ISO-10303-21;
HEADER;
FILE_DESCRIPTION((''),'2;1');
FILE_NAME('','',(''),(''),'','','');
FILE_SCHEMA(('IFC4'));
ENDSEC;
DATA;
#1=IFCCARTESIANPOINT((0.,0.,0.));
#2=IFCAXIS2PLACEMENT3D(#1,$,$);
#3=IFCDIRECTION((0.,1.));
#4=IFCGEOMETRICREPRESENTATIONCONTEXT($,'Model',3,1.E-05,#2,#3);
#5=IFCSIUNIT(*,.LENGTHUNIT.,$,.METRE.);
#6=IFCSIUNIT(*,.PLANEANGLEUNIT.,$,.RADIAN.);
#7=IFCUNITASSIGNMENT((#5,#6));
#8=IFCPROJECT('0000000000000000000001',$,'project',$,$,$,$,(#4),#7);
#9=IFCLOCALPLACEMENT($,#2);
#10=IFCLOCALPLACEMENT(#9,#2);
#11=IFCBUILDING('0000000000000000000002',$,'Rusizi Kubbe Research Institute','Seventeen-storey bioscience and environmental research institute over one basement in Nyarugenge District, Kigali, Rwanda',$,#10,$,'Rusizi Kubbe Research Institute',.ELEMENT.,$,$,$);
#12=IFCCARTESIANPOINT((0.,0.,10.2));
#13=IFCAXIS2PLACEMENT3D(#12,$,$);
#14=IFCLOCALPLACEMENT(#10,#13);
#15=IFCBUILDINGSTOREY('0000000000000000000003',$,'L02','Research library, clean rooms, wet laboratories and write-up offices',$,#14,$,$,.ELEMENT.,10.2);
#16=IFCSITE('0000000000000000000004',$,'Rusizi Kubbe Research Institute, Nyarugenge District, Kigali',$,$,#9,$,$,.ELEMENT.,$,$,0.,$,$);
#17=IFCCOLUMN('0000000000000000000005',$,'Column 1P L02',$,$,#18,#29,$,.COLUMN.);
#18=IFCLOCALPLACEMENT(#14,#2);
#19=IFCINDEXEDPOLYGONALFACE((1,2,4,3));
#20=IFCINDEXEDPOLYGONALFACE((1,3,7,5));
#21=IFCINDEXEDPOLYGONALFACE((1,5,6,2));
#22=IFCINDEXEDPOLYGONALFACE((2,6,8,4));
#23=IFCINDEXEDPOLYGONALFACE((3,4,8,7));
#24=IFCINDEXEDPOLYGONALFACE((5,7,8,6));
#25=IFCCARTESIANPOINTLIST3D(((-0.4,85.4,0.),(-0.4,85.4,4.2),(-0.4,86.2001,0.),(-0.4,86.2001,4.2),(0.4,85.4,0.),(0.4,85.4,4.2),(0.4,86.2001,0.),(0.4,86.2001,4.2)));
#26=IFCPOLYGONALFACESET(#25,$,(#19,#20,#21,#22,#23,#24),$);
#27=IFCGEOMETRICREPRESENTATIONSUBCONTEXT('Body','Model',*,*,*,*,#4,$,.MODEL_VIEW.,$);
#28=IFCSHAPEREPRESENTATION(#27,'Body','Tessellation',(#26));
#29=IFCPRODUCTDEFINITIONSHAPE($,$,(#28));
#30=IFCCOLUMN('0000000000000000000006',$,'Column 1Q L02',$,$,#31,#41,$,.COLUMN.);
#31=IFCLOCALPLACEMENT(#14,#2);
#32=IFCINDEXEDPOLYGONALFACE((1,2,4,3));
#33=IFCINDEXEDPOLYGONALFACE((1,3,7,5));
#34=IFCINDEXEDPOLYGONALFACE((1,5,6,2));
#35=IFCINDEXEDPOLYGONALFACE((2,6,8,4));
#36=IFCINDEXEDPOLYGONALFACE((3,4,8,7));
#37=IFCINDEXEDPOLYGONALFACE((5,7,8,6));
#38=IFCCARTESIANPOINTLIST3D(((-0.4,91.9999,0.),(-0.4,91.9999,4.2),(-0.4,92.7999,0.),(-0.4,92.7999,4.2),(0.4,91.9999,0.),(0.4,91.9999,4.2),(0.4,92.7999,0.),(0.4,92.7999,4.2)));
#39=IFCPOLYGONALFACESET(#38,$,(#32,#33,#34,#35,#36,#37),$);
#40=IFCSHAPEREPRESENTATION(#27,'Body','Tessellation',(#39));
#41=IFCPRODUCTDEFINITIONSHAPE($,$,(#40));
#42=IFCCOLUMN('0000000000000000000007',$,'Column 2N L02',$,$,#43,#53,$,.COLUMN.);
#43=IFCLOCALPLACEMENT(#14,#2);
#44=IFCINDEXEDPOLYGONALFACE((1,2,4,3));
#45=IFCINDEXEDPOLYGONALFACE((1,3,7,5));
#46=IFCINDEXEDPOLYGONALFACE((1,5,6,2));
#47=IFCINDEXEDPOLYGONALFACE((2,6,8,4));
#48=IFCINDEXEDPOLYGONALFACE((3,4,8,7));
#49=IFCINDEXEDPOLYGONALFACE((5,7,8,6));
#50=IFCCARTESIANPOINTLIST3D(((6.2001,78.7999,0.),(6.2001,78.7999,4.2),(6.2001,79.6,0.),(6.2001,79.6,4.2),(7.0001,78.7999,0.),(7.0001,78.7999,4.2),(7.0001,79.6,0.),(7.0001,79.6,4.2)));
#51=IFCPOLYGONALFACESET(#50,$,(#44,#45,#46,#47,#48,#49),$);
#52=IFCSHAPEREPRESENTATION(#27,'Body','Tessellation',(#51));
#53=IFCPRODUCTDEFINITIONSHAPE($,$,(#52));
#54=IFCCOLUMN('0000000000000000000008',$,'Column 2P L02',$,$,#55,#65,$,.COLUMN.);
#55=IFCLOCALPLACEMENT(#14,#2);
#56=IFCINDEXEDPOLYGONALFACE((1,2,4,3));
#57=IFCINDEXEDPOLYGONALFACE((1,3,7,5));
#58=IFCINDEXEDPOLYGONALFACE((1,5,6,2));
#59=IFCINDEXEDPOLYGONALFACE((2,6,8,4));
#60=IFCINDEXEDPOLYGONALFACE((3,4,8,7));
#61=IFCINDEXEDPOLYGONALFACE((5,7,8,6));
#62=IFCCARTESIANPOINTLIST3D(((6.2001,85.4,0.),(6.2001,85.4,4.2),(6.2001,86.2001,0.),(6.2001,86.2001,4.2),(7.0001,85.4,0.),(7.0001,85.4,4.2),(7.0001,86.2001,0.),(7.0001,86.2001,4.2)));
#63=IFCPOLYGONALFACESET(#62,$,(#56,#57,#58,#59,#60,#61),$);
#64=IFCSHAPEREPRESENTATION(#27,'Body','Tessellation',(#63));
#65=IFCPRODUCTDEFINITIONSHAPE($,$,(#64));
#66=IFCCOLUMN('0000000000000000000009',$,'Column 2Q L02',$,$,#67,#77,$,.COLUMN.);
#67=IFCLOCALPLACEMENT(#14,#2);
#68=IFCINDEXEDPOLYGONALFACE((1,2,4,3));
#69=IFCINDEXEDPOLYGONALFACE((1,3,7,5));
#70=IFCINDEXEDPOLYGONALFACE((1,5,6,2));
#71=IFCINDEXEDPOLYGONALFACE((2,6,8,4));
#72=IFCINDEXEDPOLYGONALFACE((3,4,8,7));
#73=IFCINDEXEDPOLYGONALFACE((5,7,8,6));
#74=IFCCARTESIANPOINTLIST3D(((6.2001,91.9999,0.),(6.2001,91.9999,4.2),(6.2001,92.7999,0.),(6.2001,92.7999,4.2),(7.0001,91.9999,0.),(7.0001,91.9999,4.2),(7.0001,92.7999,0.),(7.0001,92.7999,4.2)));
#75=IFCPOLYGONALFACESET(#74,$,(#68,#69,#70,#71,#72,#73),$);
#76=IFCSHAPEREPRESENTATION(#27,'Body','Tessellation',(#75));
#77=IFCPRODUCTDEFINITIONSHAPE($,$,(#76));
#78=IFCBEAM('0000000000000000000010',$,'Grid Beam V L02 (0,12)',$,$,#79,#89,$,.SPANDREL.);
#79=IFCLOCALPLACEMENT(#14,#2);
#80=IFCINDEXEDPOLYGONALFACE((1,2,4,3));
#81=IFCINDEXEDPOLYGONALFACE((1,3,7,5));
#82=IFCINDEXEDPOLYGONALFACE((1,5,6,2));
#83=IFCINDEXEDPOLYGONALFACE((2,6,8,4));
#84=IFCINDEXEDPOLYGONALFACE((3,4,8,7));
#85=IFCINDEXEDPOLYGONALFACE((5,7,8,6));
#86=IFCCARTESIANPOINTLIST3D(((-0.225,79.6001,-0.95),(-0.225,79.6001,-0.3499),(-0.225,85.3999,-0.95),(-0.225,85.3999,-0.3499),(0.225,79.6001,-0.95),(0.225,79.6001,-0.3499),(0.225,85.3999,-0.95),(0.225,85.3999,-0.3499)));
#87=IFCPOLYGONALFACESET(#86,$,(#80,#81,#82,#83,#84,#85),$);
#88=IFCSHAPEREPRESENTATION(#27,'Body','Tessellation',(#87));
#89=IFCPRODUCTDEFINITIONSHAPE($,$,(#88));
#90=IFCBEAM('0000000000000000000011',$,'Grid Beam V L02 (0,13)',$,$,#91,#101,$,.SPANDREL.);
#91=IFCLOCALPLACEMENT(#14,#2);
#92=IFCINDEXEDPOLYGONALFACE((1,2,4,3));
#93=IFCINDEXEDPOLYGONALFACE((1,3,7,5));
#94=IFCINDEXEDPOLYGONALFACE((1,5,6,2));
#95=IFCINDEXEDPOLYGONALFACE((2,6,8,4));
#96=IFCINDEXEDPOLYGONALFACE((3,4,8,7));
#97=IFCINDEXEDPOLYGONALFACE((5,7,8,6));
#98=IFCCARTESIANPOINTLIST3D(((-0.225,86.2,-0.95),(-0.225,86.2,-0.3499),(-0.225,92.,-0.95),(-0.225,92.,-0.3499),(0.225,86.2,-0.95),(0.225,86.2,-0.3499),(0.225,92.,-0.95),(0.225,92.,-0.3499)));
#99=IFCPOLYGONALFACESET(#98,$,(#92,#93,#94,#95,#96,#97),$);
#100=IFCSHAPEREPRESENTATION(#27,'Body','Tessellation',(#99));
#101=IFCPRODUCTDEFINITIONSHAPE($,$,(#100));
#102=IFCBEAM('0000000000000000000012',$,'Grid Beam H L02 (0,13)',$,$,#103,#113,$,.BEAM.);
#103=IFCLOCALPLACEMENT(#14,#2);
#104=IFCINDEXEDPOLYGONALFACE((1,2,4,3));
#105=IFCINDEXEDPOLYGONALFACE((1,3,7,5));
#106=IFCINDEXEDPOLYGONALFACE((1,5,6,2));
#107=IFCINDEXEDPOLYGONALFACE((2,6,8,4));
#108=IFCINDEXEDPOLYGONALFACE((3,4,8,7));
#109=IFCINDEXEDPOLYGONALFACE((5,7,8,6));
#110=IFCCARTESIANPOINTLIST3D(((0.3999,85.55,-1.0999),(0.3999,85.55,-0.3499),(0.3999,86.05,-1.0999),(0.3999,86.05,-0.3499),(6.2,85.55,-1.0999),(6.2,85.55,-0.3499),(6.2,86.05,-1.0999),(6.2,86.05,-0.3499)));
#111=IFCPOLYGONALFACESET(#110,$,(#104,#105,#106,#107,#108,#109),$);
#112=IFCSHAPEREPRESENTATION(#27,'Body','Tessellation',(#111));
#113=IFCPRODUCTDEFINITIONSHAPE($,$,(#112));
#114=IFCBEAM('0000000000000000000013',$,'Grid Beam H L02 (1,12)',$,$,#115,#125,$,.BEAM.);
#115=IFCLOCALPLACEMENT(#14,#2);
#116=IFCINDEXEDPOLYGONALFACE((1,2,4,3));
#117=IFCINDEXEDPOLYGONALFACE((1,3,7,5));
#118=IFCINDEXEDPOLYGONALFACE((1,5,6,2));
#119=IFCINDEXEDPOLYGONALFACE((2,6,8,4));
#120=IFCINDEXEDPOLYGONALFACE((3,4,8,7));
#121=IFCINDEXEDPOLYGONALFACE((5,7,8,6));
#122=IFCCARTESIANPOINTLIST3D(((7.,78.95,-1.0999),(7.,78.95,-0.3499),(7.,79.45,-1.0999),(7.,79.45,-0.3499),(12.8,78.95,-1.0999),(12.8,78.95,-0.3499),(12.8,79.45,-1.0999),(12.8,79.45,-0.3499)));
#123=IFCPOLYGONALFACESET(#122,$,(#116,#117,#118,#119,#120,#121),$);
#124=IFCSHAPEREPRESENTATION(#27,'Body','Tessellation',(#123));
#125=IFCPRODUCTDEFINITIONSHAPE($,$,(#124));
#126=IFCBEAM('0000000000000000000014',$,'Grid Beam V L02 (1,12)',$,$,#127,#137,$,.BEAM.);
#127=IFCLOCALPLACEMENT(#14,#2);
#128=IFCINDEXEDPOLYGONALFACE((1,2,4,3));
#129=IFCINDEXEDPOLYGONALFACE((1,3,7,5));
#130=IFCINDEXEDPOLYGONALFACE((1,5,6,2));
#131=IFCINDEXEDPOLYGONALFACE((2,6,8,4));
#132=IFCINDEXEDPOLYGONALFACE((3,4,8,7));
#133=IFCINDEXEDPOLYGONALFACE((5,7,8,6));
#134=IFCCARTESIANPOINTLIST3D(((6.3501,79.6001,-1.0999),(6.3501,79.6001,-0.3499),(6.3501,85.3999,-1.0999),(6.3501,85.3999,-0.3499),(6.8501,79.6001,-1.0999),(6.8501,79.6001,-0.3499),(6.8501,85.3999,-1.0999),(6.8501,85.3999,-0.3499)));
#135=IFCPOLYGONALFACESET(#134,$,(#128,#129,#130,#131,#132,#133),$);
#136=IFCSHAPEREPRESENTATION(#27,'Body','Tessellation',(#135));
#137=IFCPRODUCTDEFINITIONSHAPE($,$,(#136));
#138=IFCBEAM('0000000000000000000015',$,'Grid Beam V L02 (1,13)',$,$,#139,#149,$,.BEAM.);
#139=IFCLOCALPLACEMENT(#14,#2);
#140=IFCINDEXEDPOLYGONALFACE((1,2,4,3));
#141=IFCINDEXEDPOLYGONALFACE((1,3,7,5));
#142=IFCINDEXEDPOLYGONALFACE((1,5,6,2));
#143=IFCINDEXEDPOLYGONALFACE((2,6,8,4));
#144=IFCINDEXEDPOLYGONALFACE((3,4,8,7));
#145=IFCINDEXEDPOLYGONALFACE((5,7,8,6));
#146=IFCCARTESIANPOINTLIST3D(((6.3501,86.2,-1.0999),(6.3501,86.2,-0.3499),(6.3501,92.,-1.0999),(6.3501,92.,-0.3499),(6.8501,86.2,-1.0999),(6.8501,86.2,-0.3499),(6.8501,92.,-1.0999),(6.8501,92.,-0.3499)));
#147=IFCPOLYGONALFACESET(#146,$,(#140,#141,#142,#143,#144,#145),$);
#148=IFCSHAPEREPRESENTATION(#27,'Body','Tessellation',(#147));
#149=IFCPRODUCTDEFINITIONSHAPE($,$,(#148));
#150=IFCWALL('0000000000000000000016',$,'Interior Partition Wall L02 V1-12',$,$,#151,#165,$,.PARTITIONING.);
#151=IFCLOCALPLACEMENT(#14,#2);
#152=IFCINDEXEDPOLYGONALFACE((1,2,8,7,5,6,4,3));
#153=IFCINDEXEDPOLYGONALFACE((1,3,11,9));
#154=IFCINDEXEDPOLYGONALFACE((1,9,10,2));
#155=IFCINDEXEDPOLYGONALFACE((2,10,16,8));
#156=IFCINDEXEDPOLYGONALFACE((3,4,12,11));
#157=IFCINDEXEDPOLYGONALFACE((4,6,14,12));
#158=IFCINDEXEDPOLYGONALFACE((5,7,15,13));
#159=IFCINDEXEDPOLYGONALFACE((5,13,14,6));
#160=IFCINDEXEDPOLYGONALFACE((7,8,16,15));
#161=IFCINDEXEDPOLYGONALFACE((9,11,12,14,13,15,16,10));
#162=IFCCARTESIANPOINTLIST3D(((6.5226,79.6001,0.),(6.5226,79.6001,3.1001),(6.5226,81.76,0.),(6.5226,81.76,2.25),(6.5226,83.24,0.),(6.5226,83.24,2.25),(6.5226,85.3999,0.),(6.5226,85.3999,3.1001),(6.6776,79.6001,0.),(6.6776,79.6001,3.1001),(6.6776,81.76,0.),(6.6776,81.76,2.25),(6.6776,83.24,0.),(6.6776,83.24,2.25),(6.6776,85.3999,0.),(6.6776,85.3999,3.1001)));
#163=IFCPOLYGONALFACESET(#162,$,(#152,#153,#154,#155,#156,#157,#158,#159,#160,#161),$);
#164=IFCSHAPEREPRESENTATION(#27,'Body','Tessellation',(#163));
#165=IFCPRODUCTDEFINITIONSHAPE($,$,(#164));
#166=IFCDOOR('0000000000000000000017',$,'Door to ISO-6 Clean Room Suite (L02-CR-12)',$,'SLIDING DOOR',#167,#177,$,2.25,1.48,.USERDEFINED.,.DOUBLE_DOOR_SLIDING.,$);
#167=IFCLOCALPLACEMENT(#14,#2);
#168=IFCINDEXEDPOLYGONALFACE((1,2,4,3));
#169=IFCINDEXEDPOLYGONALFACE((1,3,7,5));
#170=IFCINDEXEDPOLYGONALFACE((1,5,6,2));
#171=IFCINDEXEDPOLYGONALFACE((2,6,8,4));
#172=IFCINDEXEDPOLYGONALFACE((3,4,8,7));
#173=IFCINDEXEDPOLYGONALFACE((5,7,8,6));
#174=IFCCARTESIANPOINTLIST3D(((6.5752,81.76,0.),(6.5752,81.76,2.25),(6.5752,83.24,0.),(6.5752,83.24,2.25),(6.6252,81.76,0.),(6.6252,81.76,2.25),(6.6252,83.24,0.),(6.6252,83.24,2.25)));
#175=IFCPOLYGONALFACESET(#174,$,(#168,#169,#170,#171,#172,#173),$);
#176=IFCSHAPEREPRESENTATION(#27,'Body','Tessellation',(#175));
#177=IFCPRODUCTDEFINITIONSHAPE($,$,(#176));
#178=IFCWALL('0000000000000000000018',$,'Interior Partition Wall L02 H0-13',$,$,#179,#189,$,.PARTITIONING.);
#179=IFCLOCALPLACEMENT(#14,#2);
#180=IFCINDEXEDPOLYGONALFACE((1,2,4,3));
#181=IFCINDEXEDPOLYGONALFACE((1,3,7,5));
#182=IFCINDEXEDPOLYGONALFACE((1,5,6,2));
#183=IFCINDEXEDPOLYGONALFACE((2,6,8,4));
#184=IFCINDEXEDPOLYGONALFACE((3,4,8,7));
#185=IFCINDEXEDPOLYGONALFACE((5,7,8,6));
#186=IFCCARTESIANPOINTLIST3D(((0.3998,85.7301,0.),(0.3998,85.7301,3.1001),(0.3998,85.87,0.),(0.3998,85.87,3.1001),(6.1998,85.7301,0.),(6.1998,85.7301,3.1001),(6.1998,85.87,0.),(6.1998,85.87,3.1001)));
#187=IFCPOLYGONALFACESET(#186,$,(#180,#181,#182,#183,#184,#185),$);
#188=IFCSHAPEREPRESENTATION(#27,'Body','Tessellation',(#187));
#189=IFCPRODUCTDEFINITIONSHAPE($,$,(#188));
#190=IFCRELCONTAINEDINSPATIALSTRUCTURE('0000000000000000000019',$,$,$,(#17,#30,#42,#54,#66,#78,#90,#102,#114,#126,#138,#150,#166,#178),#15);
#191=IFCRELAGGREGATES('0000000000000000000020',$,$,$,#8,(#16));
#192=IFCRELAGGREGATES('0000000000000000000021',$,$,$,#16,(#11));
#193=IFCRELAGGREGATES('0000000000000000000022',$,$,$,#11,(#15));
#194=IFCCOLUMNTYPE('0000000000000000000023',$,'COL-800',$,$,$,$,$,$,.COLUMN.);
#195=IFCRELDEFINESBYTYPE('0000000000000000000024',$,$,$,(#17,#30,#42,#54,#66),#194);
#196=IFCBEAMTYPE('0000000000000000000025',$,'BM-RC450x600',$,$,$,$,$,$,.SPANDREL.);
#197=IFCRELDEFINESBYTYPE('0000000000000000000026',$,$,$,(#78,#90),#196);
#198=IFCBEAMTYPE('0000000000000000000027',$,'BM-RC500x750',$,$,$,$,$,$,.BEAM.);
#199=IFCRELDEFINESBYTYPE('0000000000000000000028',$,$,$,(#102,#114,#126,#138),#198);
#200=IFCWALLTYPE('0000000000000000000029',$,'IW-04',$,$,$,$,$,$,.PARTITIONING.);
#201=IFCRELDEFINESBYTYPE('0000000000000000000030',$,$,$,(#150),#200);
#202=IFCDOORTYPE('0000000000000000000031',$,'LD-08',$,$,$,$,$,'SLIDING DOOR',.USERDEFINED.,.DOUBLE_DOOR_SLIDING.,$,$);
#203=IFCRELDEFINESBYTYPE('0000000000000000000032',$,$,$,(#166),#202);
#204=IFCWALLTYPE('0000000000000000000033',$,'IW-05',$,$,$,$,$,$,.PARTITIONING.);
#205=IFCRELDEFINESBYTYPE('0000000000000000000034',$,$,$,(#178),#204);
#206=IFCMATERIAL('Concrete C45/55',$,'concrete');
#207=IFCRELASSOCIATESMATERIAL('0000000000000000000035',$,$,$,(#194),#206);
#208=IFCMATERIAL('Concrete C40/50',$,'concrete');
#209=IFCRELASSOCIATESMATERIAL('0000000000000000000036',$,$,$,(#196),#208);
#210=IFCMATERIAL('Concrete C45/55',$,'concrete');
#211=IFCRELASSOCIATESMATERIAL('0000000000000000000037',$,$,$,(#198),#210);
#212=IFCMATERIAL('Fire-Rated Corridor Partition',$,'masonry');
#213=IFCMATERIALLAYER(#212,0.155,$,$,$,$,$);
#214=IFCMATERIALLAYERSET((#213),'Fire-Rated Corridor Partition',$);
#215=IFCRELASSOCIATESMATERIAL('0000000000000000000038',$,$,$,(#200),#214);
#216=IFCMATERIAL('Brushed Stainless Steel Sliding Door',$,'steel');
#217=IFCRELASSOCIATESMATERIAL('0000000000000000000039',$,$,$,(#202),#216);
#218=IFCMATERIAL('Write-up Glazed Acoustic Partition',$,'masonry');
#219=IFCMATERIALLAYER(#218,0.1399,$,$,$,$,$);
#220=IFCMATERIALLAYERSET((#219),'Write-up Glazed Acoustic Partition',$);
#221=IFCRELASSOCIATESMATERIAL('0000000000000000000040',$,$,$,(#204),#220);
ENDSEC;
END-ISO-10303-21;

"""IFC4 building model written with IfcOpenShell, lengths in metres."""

from ifc_helpers import new_model, si_unit, direction, frame, frame_2d, origin, origin_2d, place, context, subcontext, project, spatial, rectangle, extrude, material, layer, layer_set, material_profile, profile_set, type_object, element, fill, save


model = new_model("IFC4")

# Units and contexts
model_context = context("Model", 3, precision=1e-05, world=origin(), true_north=direction((0.0, 1.0)))
body_context = subcontext(model_context, "Body", "Model", "MODEL_VIEW")
ifc_project = project(units=[si_unit("LENGTHUNIT", "METRE"), si_unit("PLANEANGLEUNIT", "RADIAN")], contexts=[model_context])

# Site, building, storey
site_placement = place(None, origin())
site = spatial("IfcSite", under=ifc_project, at=site_placement, Name="Rusizi Kubbe Research Institute, Nyarugenge District, Kigali", CompositionType="ELEMENT", RefElevation=0.0)
building_placement = place(site_placement, origin())
building = spatial("IfcBuilding", under=site, at=building_placement, Name="Rusizi Kubbe Research Institute", Description="Seventeen-storey bioscience and environmental research institute over one basement in Nyarugenge District, Kigali, Rwanda", LongName="Rusizi Kubbe Research Institute", CompositionType="ELEMENT")
storey_placement = place(building_placement, frame((0.0, 0.0, 10.2)))
storey = spatial("IfcBuildingStorey", under=building, at=storey_placement, Name="L02", Description="Research library, clean rooms, wet laboratories and write-up offices", CompositionType="ELEMENT", Elevation=10.2)

# Columns
ifc_material_1 = material(Name="Concrete C45/55", Category="concrete")
ifc_material_profile_1 = material_profile(ifc_material_1, rectangle(XDim=0.8, YDim=0.8, at=origin_2d()), Name="RC800x800")
ifc_profile_set_1 = profile_set([ifc_material_profile_1], Name="Concrete C45/55")
column_type = type_object("IfcColumnType", Name="COL-800", PredefinedType="COLUMN", material=ifc_profile_set_1)
for number, where, z_axis, x_axis, name in (
    (1, (0.0, 85.8, 0.0), (0.0, 0.0, 1.0), (1.0, 0.0, 0.0), "Column 1P L02"),
    (2, (0.0, 92.3999, 0.0), (0.0, 0.0, 1.0), (1.0, 0.0, 0.0), "Column 1Q L02"),
    (3, (6.6001, 79.2, 0.0), (0.0, 0.0, 1.0), (1.0, 0.0, 0.0), "Column 2N L02"),
    (4, (6.6001, 85.8, 0.0), (0.0, 0.0, 1.0), (1.0, 0.0, 0.0), "Column 2P L02"),
    (5, (6.6001, 92.3999, 0.0), (0.0, 0.0, 1.0), (1.0, 0.0, 0.0), "Column 2Q L02"),
):
    element("IfcColumn", number, at=place(storey_placement, frame(where, z_axis=z_axis, x_axis=x_axis)), inside=storey, type_object=column_type, Name=name, PredefinedType="COLUMN", context=body_context, shape_type="SweptSolid", body=[
        extrude(rectangle(XDim=0.8, YDim=0.8, at=origin_2d()), origin(), (0.0, 0.0, 1.0), 4.2),
    ])

# Beams
ifc_material_2 = material(Name="Concrete C40/50", Category="concrete")
ifc_material_profile_2 = material_profile(ifc_material_2, rectangle(XDim=0.45, YDim=0.6001, at=origin_2d()), Name="RC450x600")
ifc_profile_set_2 = profile_set([ifc_material_profile_2], Name="Concrete C40/50")
beam_type_1 = type_object("IfcBeamType", Name="BM-RC450x600", PredefinedType="SPANDREL", material=ifc_profile_set_2)
beam_1_placement = place(storey_placement, frame((0.0, 79.6001, -0.6499), z_axis=(0.0, 1.0, 0.0), x_axis=(-1.0, 0.0, 0.0)))
element("IfcBeam", 6, at=beam_1_placement, inside=storey, type_object=beam_type_1, Name="Grid Beam V L02 (0,12)", PredefinedType="SPANDREL", context=body_context, shape_type="SweptSolid", body=[
    extrude(rectangle(XDim=0.45, YDim=0.6001, at=origin_2d()), origin(), (0.0, 0.0, 1.0), 5.7998),
])
beam_2_placement = place(storey_placement, frame((0.0, 86.2, -0.6499), z_axis=(0.0, 1.0, 0.0), x_axis=(-1.0, 0.0, 0.0)))
element("IfcBeam", 7, at=beam_2_placement, inside=storey, type_object=beam_type_1, Name="Grid Beam V L02 (0,13)", PredefinedType="SPANDREL", context=body_context, shape_type="SweptSolid", body=[
    extrude(rectangle(XDim=0.45, YDim=0.6001, at=origin_2d()), origin(), (0.0, 0.0, 1.0), 5.8),
])
ifc_material_3 = material(Name="Concrete C45/55", Category="concrete")
ifc_material_profile_3 = material_profile(ifc_material_3, rectangle(XDim=0.5, YDim=0.75, at=origin_2d()), Name="RC500x750B")
ifc_profile_set_3 = profile_set([ifc_material_profile_3], Name="Concrete C45/55")
beam_type_2 = type_object("IfcBeamType", Name="BM-RC500x750", PredefinedType="BEAM", material=ifc_profile_set_3)
for number, where, z_axis, x_axis, name in (
    (8, (0.3999, 85.8, -0.7249), (1.0, 0.0, 0.0), (0.0, 1.0, 0.0), "Grid Beam H L02 (0,13)"),
    (9, (7.0, 79.2, -0.7249), (1.0, 0.0, 0.0), (0.0, 1.0, 0.0), "Grid Beam H L02 (1,12)"),
):
    element("IfcBeam", number, at=place(storey_placement, frame(where, z_axis=z_axis, x_axis=x_axis)), inside=storey, type_object=beam_type_2, Name=name, PredefinedType="BEAM", context=body_context, shape_type="SweptSolid", body=[
        extrude(rectangle(XDim=0.5, YDim=0.75, at=origin_2d()), origin(), (0.0, 0.0, 1.0), 5.8),
    ])
beam_3_placement = place(storey_placement, frame((6.6001, 79.6001, -0.7249), z_axis=(0.0, 1.0, 0.0), x_axis=(-1.0, 0.0, 0.0)))
element("IfcBeam", 10, at=beam_3_placement, inside=storey, type_object=beam_type_2, Name="Grid Beam V L02 (1,12)", PredefinedType="BEAM", context=body_context, shape_type="SweptSolid", body=[
    extrude(rectangle(XDim=0.5, YDim=0.75, at=origin_2d()), origin(), (0.0, 0.0, 1.0), 5.7998),
])
beam_4_placement = place(storey_placement, frame((6.6001, 86.2, -0.7249), z_axis=(0.0, 1.0, 0.0), x_axis=(-1.0, 0.0, 0.0)))
element("IfcBeam", 11, at=beam_4_placement, inside=storey, type_object=beam_type_2, Name="Grid Beam V L02 (1,13)", PredefinedType="BEAM", context=body_context, shape_type="SweptSolid", body=[
    extrude(rectangle(XDim=0.5, YDim=0.75, at=origin_2d()), origin(), (0.0, 0.0, 1.0), 5.8),
])

# Wall, opening, door
ifc_material_4 = material(Name="Fire-Rated Corridor Partition", Category="masonry")
ifc_layer_1 = layer(ifc_material_4, 0.155)
ifc_layer_set_1 = layer_set([ifc_layer_1], Name="Fire-Rated Corridor Partition")
wall_type_1 = type_object("IfcWallType", Name="IW-04", PredefinedType="PARTITIONING", material=ifc_layer_set_1)
wall_1_placement = place(storey_placement, frame((6.6001, 79.6001, 0.0), z_axis=(0.0, 0.0, 1.0), x_axis=(0.0, 1.0, 0.0)))
wall_1 = element("IfcWall", 12, at=wall_1_placement, inside=storey, type_object=wall_type_1, Name="Interior Partition Wall L02 V1-12", PredefinedType="PARTITIONING", context=body_context, shape_type="SweptSolid", body=[
    extrude(rectangle(XDim=5.7998, YDim=0.155, at=frame_2d((2.8999, 0.0))), origin(), (0.0, 0.0, 1.0), 3.1001),
])
opening_1_placement = place(wall_1_placement, frame((2.1599, 0.0, 0.0)))
opening_1 = element("IfcOpeningElement", 13, at=opening_1_placement, cuts=wall_1, PredefinedType="OPENING", context=body_context, shape_type="SweptSolid", body=[
    extrude(rectangle(XDim=1.48, YDim=2.25, at=frame_2d((0.74, 1.125))), frame((0.0, 0.0874, 0.0), z_axis=(0.0, -1.0, 0.0), x_axis=(1.0, 0.0, 0.0)), (0.0, 0.0, 1.0), 0.175),
])
ifc_material_5 = material(Name="Brushed Stainless Steel Sliding Door", Category="steel")
door_type_1 = type_object("IfcDoorType", Name="LD-08", ElementType="SLIDING DOOR", OperationType="DOUBLE_DOOR_SLIDING", PredefinedType="USERDEFINED", material=ifc_material_5)
door_1_placement = place(opening_1_placement, origin())
door_1 = element("IfcDoor", 14, at=door_1_placement, inside=storey, type_object=door_type_1, Name="Door to ISO-6 Clean Room Suite (L02-CR-12)", ObjectType="SLIDING DOOR", OperationType="DOUBLE_DOOR_SLIDING", OverallHeight=2.25, OverallWidth=1.48, PredefinedType="USERDEFINED", context=body_context, shape_type="SweptSolid", body=[
    extrude(rectangle(XDim=1.48, YDim=2.25, at=frame_2d((0.74, 1.125))), frame((0.0, 0.0249, 0.0), z_axis=(0.0, -1.0, 0.0), x_axis=(1.0, 0.0, 0.0)), (0.0, 0.0, 1.0), 0.05),
])
fill(opening_1, door_1)

# Wall
ifc_material_6 = material(Name="Write-up Glazed Acoustic Partition", Category="masonry")
ifc_layer_2 = layer(ifc_material_6, 0.1399)
ifc_layer_set_2 = layer_set([ifc_layer_2], Name="Write-up Glazed Acoustic Partition")
wall_type_2 = type_object("IfcWallType", Name="IW-05", PredefinedType="PARTITIONING", material=ifc_layer_set_2)
wall_2_placement = place(storey_placement, frame((0.3999, 85.8, 0.0), z_axis=(0.0, 0.0, 1.0), x_axis=(1.0, 0.0, 0.0)))
element("IfcWall", 15, at=wall_2_placement, inside=storey, type_object=wall_type_2, Name="Interior Partition Wall L02 H0-13", PredefinedType="PARTITIONING", context=body_context, shape_type="SweptSolid", body=[
    extrude(rectangle(XDim=5.8, YDim=0.1399, at=frame_2d((2.8999, 0.0))), origin(), (0.0, 0.0, 1.0), 3.1001),
])

save(model, "model.ifc")
